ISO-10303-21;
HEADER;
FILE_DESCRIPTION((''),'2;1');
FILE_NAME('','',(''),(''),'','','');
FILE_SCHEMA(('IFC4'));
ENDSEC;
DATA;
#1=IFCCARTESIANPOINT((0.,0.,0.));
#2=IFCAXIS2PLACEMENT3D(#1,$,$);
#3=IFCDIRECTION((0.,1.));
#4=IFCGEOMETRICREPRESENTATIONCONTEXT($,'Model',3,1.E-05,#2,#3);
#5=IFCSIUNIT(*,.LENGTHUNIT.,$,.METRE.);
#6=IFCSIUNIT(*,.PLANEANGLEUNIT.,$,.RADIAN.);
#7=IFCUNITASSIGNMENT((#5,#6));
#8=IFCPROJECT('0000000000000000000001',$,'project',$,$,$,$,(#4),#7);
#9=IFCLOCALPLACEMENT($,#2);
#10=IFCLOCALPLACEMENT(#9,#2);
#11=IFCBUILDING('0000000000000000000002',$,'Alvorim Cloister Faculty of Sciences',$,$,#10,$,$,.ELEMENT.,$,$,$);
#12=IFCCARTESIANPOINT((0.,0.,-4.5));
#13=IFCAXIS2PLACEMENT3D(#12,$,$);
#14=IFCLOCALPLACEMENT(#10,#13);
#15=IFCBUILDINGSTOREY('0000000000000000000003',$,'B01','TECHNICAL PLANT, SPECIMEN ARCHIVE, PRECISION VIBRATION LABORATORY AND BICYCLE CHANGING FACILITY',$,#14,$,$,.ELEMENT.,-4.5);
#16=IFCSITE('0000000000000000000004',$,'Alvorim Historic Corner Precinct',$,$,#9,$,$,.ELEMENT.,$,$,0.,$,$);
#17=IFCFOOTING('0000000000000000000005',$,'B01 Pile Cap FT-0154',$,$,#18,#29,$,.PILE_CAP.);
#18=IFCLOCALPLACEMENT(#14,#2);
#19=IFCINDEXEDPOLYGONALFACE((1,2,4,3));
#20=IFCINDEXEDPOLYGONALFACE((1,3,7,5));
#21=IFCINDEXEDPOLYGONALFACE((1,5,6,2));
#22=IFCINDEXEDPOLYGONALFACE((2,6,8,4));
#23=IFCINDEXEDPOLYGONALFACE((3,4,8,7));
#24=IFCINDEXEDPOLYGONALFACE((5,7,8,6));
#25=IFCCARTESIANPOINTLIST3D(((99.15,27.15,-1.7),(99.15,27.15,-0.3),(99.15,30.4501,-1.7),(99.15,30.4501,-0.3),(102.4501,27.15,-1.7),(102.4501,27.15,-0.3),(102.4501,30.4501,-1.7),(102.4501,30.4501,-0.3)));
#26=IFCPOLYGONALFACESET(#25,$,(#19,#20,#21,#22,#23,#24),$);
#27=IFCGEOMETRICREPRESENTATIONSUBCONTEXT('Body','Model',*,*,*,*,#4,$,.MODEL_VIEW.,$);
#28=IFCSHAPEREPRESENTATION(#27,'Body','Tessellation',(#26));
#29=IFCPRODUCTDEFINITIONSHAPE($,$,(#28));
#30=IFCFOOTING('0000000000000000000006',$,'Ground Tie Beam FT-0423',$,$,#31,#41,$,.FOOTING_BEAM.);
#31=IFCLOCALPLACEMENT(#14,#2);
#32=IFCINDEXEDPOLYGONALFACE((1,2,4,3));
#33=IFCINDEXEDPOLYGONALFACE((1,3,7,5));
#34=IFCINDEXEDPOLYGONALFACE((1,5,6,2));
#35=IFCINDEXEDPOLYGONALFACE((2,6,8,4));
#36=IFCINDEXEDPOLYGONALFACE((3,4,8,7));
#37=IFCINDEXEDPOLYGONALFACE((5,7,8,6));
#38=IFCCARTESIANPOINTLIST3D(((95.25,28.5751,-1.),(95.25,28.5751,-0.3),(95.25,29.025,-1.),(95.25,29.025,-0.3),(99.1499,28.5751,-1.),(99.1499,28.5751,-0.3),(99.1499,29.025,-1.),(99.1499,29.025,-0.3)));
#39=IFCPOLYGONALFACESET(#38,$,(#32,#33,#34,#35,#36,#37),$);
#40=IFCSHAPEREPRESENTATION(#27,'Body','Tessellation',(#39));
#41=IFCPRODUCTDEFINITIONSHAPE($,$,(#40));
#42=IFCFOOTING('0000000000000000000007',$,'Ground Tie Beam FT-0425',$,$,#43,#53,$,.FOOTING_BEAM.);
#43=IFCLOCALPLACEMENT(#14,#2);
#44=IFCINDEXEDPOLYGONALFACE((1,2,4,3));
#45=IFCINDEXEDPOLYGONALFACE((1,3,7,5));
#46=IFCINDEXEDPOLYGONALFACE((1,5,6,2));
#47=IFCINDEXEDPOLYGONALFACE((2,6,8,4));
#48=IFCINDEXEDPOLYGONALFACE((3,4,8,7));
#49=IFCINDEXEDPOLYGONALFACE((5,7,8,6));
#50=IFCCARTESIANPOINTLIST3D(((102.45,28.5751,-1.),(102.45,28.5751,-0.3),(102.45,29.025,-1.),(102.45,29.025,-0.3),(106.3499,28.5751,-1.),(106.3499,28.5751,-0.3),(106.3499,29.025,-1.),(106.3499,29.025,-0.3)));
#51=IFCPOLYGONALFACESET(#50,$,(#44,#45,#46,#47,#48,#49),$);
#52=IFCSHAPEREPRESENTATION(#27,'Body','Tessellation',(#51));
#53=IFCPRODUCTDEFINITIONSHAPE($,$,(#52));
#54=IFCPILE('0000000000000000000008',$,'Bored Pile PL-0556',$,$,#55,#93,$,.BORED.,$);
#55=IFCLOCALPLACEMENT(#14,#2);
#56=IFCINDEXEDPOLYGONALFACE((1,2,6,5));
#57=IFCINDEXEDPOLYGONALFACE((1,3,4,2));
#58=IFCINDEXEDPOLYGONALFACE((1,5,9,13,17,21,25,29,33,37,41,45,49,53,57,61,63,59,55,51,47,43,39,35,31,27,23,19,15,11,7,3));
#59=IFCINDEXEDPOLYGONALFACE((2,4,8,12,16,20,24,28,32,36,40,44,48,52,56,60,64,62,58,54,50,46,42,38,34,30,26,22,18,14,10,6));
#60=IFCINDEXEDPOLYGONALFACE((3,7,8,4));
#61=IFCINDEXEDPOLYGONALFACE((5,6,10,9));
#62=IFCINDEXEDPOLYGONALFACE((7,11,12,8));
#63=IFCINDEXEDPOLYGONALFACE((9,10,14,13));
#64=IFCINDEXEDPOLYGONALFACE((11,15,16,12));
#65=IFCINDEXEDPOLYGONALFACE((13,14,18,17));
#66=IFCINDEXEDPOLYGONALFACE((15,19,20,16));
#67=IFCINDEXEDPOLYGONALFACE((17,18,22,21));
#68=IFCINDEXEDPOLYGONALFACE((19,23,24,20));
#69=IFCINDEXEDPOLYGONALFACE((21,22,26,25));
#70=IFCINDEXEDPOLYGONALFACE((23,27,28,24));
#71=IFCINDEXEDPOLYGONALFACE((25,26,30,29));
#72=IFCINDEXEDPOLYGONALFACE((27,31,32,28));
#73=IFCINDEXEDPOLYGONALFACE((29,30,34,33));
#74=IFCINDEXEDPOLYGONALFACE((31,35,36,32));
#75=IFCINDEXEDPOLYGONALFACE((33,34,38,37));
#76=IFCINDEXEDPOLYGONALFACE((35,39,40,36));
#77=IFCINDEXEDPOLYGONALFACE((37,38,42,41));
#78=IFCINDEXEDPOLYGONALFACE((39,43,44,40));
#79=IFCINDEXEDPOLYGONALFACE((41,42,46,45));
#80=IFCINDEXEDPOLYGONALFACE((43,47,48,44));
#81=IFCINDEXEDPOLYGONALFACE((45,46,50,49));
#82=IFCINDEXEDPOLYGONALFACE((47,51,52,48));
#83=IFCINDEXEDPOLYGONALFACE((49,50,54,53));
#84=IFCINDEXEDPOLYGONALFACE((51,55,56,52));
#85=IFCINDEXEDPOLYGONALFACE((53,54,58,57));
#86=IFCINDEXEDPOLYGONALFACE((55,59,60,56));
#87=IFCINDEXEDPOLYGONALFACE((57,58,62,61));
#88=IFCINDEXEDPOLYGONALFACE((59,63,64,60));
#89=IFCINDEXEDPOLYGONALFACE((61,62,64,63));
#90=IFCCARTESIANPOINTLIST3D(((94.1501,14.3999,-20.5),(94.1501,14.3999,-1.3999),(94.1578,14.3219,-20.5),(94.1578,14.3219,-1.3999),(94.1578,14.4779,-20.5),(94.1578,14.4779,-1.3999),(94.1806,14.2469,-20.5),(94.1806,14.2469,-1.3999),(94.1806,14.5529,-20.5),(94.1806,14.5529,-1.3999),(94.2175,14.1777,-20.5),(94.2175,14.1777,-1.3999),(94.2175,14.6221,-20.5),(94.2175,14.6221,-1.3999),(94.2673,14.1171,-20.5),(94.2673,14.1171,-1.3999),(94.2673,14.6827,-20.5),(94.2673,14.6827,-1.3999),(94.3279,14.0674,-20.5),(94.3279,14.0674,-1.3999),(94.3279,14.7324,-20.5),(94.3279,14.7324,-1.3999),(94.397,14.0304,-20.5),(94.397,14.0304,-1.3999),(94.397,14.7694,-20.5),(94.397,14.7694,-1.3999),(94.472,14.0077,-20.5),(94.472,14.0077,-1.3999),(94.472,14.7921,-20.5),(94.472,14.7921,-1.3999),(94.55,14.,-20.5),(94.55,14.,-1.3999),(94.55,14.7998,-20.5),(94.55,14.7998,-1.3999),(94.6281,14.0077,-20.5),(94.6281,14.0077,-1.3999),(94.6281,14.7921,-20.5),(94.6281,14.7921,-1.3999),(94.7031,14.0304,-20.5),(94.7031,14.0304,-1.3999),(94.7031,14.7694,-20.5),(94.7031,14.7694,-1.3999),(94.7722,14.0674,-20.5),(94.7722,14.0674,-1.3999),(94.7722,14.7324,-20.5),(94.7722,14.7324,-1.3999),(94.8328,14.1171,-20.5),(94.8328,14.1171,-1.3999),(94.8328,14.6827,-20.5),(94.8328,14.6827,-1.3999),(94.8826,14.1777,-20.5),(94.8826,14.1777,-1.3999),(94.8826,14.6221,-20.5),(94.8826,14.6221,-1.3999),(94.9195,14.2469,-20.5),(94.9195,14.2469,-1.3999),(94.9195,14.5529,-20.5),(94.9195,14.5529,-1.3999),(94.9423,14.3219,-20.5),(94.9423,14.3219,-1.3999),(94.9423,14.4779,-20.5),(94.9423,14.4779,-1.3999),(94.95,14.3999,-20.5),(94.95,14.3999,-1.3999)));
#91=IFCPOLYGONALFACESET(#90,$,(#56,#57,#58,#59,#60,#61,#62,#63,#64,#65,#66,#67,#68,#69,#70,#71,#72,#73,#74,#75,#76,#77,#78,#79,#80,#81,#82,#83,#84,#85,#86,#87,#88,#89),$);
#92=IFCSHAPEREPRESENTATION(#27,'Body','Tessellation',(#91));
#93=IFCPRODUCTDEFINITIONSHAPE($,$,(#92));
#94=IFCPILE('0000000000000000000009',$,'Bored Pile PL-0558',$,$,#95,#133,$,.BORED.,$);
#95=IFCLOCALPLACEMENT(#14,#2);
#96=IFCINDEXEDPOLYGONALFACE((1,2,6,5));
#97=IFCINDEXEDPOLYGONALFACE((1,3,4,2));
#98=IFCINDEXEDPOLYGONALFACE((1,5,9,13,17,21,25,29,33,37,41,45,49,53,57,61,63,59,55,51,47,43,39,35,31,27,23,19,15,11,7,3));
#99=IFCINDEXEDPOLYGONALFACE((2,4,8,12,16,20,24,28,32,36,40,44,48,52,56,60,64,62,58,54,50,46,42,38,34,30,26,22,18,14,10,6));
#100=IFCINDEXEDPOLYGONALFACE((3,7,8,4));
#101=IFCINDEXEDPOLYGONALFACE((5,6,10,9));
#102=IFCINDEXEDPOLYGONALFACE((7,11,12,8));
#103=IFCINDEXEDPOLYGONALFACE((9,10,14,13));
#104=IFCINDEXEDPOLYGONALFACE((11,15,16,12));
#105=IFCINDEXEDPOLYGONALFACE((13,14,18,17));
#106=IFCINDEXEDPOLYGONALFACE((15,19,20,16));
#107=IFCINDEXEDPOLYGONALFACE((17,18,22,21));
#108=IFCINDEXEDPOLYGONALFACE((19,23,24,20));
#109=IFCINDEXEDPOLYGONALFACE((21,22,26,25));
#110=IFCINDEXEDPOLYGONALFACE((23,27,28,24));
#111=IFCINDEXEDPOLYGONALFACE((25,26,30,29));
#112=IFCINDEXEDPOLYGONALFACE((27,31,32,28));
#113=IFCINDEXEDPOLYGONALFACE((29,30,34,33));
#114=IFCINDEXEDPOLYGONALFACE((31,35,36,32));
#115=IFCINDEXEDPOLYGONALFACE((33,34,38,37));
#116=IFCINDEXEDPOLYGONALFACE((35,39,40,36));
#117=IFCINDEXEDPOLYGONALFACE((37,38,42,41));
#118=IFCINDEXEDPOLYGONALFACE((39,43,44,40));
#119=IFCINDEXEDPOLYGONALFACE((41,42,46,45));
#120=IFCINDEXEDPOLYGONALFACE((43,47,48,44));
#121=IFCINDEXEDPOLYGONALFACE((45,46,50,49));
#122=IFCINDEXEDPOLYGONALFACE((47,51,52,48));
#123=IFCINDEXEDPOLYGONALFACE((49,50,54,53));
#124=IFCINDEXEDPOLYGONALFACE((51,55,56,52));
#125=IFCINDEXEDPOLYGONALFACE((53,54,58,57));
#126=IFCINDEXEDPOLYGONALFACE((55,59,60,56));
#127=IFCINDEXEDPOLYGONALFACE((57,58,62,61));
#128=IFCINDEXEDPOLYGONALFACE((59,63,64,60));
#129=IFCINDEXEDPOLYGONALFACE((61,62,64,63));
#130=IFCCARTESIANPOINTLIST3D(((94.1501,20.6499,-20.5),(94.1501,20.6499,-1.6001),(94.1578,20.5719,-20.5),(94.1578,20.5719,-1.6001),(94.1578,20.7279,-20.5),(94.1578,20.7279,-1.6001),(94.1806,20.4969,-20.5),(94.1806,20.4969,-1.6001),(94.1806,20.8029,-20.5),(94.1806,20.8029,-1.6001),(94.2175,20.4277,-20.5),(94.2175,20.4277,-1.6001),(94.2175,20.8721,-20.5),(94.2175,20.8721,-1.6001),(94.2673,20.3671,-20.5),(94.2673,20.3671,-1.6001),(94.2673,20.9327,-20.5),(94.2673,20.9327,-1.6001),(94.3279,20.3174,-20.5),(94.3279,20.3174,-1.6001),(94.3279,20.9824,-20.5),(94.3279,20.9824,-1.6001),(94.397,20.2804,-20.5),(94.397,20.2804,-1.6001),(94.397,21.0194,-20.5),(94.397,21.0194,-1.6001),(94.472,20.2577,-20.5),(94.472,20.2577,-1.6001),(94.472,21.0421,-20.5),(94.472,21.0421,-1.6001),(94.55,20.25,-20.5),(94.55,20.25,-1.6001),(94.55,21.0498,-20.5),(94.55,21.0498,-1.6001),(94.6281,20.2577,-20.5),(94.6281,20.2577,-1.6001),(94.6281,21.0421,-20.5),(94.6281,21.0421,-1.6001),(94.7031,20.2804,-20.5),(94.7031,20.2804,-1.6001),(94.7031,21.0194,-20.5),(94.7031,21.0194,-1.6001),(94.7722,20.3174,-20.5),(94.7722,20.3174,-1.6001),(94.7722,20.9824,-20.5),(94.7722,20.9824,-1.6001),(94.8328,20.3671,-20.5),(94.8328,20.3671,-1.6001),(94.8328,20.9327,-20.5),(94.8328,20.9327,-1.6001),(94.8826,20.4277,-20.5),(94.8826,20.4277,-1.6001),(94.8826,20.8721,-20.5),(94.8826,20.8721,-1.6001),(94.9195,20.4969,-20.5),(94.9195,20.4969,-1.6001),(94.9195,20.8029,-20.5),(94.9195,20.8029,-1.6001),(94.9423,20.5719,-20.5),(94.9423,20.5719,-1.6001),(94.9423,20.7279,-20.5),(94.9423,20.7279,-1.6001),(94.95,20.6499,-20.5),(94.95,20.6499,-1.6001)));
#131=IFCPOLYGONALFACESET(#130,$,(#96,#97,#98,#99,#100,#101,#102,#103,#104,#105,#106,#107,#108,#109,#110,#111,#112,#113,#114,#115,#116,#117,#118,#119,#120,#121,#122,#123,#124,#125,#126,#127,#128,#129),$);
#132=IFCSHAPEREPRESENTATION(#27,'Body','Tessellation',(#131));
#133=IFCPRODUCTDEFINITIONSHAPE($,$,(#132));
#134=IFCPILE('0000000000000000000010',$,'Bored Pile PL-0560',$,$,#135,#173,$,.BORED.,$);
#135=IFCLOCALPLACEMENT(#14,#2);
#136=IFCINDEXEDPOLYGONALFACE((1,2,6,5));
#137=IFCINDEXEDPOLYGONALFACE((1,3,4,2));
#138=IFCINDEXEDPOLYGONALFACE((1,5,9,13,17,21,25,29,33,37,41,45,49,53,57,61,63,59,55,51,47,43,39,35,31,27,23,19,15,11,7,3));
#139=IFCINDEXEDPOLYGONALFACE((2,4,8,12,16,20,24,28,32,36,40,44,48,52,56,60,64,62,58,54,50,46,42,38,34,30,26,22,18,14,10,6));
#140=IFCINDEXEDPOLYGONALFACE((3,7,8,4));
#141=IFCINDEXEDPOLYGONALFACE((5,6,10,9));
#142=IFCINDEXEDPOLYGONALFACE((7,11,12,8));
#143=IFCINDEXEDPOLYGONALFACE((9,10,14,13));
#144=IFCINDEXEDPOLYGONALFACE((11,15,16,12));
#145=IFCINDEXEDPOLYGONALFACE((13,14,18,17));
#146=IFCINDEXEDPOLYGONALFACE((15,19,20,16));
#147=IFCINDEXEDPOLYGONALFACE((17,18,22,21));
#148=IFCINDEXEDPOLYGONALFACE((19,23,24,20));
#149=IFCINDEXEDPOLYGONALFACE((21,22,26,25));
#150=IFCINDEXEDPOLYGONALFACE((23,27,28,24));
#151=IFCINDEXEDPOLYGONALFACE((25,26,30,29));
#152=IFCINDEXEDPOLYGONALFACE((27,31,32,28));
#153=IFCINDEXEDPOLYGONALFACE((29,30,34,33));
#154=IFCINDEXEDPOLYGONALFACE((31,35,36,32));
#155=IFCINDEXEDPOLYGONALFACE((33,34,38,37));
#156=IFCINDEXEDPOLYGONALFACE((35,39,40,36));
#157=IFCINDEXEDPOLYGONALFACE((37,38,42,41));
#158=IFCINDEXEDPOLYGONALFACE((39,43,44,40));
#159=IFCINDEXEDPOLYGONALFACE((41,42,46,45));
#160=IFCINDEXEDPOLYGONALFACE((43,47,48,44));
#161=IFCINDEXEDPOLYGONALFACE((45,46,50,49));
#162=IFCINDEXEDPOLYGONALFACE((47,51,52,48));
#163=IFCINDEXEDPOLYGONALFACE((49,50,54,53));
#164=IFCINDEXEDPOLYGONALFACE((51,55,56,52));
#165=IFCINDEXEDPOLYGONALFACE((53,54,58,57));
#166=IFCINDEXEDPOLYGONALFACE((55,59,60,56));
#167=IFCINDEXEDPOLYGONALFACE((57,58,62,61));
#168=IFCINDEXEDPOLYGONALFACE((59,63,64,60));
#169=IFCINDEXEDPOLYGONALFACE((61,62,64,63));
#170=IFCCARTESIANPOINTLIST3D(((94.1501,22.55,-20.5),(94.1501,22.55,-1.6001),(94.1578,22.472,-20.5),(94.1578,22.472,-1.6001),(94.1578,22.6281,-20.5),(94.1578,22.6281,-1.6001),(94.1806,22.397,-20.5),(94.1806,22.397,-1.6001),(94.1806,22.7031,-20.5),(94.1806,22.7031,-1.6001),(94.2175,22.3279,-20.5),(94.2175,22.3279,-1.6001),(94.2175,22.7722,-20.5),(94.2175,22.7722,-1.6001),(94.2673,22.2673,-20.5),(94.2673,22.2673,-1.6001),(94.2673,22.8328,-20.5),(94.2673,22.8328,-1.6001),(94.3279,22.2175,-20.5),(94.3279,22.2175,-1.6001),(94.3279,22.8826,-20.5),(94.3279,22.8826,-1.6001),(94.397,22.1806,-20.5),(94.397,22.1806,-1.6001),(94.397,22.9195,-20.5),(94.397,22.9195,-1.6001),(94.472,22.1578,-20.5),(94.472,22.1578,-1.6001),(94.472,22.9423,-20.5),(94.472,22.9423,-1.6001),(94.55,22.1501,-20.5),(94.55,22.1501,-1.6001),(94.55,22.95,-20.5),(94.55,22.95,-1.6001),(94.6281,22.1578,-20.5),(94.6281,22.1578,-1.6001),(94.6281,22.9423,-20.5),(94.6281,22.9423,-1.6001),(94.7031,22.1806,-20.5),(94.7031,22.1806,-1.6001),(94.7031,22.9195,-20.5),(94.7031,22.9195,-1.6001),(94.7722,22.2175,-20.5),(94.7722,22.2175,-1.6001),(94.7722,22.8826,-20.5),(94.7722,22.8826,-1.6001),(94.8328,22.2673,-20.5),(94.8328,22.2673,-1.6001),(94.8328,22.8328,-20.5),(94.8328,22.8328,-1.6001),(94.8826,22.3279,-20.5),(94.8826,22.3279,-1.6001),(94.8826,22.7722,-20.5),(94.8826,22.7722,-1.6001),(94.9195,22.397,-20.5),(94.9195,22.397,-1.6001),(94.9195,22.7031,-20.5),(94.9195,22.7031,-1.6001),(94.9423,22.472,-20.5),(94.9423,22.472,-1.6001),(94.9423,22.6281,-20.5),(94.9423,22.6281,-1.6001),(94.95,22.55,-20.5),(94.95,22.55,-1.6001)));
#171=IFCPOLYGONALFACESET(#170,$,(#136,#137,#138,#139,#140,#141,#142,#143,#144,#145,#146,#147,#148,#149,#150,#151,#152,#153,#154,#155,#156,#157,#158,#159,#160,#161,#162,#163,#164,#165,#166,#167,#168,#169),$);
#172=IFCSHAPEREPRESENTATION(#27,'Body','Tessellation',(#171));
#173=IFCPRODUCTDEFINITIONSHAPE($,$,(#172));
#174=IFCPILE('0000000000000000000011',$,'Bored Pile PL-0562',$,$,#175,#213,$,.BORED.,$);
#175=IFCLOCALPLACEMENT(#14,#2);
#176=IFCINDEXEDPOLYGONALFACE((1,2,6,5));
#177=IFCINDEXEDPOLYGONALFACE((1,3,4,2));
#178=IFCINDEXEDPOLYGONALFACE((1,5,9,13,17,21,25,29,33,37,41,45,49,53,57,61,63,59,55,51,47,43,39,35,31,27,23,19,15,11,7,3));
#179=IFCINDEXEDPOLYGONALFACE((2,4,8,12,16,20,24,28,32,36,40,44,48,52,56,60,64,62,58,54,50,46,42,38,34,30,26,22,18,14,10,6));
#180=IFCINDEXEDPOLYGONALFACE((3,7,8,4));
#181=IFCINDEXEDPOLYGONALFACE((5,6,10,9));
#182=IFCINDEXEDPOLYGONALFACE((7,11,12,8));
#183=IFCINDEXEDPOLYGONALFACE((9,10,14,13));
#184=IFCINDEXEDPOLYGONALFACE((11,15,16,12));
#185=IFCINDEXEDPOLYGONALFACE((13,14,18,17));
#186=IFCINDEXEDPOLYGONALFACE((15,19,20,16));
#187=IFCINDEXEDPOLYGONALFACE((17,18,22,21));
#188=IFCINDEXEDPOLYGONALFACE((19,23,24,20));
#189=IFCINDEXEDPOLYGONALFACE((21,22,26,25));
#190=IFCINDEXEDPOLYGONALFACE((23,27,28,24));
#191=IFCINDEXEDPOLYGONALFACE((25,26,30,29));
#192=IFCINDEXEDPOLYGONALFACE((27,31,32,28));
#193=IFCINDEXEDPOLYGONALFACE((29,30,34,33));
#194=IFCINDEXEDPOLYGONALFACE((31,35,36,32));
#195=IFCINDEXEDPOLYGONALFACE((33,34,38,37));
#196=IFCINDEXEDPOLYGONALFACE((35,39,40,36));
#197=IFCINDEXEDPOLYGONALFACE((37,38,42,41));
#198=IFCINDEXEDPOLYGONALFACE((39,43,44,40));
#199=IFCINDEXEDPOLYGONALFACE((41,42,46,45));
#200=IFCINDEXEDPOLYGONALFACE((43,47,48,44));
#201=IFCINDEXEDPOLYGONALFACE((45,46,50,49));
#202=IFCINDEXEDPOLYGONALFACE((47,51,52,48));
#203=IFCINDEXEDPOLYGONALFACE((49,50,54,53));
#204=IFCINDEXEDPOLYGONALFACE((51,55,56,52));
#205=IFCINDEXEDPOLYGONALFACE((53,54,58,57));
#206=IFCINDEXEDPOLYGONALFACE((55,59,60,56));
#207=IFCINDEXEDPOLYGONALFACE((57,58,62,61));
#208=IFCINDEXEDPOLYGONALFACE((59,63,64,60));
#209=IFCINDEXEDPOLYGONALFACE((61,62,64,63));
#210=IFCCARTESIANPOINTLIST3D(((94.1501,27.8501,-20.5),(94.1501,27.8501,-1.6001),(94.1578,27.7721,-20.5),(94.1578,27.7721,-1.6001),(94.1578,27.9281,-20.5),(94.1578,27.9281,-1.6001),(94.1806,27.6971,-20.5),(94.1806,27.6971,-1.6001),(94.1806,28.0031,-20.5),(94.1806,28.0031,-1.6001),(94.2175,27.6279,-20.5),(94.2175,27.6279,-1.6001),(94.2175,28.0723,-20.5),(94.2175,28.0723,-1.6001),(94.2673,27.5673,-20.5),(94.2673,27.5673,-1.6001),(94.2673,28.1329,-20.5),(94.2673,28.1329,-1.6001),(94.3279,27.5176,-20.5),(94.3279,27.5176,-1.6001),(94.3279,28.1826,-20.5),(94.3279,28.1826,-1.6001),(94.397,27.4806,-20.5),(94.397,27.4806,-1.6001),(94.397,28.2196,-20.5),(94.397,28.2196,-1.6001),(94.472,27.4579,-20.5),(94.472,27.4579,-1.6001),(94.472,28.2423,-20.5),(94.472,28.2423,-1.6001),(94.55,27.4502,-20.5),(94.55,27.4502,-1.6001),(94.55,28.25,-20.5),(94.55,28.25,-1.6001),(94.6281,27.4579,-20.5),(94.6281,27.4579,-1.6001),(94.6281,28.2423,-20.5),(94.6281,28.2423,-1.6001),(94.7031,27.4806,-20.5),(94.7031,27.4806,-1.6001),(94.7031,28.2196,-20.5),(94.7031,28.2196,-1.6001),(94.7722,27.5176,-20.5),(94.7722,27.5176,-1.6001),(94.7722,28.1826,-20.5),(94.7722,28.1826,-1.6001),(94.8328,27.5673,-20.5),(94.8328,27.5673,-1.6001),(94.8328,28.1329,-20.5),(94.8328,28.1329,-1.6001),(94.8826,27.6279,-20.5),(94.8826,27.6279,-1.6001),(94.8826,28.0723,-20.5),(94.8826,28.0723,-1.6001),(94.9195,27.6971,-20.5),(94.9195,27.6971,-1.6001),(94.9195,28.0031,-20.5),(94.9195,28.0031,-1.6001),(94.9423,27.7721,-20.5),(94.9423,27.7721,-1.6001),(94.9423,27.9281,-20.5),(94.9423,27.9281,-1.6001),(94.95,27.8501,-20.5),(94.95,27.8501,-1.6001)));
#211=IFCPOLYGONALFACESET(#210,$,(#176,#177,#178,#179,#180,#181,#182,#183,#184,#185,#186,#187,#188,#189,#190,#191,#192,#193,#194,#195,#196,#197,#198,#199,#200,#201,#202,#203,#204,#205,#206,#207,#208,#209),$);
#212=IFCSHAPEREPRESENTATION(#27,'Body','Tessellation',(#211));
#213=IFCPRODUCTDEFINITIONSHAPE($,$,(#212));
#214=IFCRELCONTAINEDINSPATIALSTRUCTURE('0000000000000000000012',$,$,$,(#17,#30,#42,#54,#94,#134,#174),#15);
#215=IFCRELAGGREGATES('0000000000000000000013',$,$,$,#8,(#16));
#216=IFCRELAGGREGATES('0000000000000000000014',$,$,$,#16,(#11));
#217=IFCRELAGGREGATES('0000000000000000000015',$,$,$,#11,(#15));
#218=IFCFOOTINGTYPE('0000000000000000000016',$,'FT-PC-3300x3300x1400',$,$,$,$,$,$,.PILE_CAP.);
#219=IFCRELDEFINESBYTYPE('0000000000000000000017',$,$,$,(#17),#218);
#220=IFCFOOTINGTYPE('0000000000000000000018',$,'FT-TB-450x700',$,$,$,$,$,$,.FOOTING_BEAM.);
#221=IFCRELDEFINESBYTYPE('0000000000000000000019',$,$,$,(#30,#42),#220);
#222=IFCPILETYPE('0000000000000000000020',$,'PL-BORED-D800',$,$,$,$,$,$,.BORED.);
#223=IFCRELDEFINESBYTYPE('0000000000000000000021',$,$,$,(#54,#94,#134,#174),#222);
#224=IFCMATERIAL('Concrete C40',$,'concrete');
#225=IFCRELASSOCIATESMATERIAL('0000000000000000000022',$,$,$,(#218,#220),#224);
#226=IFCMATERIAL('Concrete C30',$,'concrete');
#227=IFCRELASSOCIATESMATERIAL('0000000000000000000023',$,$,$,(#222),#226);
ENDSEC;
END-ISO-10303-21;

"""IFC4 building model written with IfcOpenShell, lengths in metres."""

from ifc_helpers import new_model, si_unit, direction, frame, origin, origin_2d, place, context, subcontext, project, spatial, rectangle, circle, extrude, material, material_profile, profile_set, type_object, element, save


model = new_model("IFC4")

# Units and contexts
model_context = context("Model", 3, precision=1e-05, world=origin(), true_north=direction((0.0, 1.0)))
body_context = subcontext(model_context, "Body", "Model", "MODEL_VIEW")
ifc_project = project(units=[si_unit("LENGTHUNIT", "METRE"), si_unit("PLANEANGLEUNIT", "RADIAN")], contexts=[model_context])

# Site, building, storey
site_placement = place(None, origin())
site = spatial("IfcSite", under=ifc_project, at=site_placement, Name="Alvorim Historic Corner Precinct", CompositionType="ELEMENT", RefElevation=0.0)
building_placement = place(site_placement, origin())
building = spatial("IfcBuilding", under=site, at=building_placement, Name="Alvorim Cloister Faculty of Sciences", CompositionType="ELEMENT")
storey_placement = place(building_placement, frame((0.0, 0.0, -4.5)))
storey = spatial("IfcBuildingStorey", under=building, at=storey_placement, Name="B01", Description="TECHNICAL PLANT, SPECIMEN ARCHIVE, PRECISION VIBRATION LABORATORY AND BICYCLE CHANGING FACILITY", CompositionType="ELEMENT", Elevation=-4.5)

# Footings
ifc_material_1 = material(Name="Concrete C40", Category="concrete")
footing_type_1 = type_object("IfcFootingType", Name="FT-PC-3300x3300x1400", PredefinedType="PILE_CAP", material=ifc_material_1)
footing_placement = place(storey_placement, frame((100.8, 28.8, -1.7), z_axis=(0.0, 0.0, 1.0), x_axis=(1.0, 0.0, 0.0)))
element("IfcFooting", 1, at=footing_placement, inside=storey, type_object=footing_type_1, Name="B01 Pile Cap FT-0154", PredefinedType="PILE_CAP", context=body_context, shape_type="SweptSolid", body=[
    extrude(rectangle(XDim=3.3, YDim=3.3, at=origin_2d()), origin(), (0.0, 0.0, 1.0), 1.3999),
])
footing_type_2 = type_object("IfcFootingType", Name="FT-TB-450x700", PredefinedType="FOOTING_BEAM", material=ifc_material_1)
for number, where, z_axis, x_axis, name in (
    (2, (97.2, 28.8, -1.0), (0.0, 0.0, 1.0), (1.0, 0.0, 0.0), "Ground Tie Beam FT-0423"),
    (3, (104.3999, 28.8, -1.0), (0.0, 0.0, 1.0), (1.0, 0.0, 0.0), "Ground Tie Beam FT-0425"),
):
    element("IfcFooting", number, at=place(storey_placement, frame(where, z_axis=z_axis, x_axis=x_axis)), inside=storey, type_object=footing_type_2, Name=name, PredefinedType="FOOTING_BEAM", context=body_context, shape_type="SweptSolid", body=[
        extrude(rectangle(XDim=3.8999, YDim=0.45, at=origin_2d()), origin(), (0.0, 0.0, 1.0), 0.7),
    ])

# Piles
ifc_material_2 = material(Name="Concrete C30", Category="concrete")
ifc_material_profile_1 = material_profile(ifc_material_2, circle(Radius=0.3999, at=origin_2d()), Name="PILE-D800")
ifc_profile_set_1 = profile_set([ifc_material_profile_1], Name="Concrete C30")
pile_type = type_object("IfcPileType", Name="PL-BORED-D800", PredefinedType="BORED", material=ifc_profile_set_1)
pile_placement = place(storey_placement, frame((94.55, 14.3999, -1.3999), z_axis=(0.0, 0.0, -1.0), x_axis=(1.0, 0.0, 0.0)))
element("IfcPile", 4, at=pile_placement, inside=storey, type_object=pile_type, Name="Bored Pile PL-0556", PredefinedType="BORED", context=body_context, shape_type="SweptSolid", body=[
    extrude(circle(Radius=0.3999, at=origin_2d()), origin(), (0.0, 0.0, 1.0), 19.1001),
])
for number, where, z_axis, x_axis, name in (
    (5, (94.55, 20.6499, -1.6001), (0.0, 0.0, -1.0), (1.0, 0.0, 0.0), "Bored Pile PL-0558"),
    (6, (94.55, 22.55, -1.6001), (0.0, 0.0, -1.0), (1.0, 0.0, 0.0), "Bored Pile PL-0560"),
    (7, (94.55, 27.8501, -1.6001), (0.0, 0.0, -1.0), (1.0, 0.0, 0.0), "Bored Pile PL-0562"),
):
    element("IfcPile", number, at=place(storey_placement, frame(where, z_axis=z_axis, x_axis=x_axis)), inside=storey, type_object=pile_type, Name=name, PredefinedType="BORED", context=body_context, shape_type="SweptSolid", body=[
        extrude(circle(Radius=0.3999, at=origin_2d()), origin(), (0.0, 0.0, 1.0), 18.8999),
    ])

save(model, "model.ifc")
